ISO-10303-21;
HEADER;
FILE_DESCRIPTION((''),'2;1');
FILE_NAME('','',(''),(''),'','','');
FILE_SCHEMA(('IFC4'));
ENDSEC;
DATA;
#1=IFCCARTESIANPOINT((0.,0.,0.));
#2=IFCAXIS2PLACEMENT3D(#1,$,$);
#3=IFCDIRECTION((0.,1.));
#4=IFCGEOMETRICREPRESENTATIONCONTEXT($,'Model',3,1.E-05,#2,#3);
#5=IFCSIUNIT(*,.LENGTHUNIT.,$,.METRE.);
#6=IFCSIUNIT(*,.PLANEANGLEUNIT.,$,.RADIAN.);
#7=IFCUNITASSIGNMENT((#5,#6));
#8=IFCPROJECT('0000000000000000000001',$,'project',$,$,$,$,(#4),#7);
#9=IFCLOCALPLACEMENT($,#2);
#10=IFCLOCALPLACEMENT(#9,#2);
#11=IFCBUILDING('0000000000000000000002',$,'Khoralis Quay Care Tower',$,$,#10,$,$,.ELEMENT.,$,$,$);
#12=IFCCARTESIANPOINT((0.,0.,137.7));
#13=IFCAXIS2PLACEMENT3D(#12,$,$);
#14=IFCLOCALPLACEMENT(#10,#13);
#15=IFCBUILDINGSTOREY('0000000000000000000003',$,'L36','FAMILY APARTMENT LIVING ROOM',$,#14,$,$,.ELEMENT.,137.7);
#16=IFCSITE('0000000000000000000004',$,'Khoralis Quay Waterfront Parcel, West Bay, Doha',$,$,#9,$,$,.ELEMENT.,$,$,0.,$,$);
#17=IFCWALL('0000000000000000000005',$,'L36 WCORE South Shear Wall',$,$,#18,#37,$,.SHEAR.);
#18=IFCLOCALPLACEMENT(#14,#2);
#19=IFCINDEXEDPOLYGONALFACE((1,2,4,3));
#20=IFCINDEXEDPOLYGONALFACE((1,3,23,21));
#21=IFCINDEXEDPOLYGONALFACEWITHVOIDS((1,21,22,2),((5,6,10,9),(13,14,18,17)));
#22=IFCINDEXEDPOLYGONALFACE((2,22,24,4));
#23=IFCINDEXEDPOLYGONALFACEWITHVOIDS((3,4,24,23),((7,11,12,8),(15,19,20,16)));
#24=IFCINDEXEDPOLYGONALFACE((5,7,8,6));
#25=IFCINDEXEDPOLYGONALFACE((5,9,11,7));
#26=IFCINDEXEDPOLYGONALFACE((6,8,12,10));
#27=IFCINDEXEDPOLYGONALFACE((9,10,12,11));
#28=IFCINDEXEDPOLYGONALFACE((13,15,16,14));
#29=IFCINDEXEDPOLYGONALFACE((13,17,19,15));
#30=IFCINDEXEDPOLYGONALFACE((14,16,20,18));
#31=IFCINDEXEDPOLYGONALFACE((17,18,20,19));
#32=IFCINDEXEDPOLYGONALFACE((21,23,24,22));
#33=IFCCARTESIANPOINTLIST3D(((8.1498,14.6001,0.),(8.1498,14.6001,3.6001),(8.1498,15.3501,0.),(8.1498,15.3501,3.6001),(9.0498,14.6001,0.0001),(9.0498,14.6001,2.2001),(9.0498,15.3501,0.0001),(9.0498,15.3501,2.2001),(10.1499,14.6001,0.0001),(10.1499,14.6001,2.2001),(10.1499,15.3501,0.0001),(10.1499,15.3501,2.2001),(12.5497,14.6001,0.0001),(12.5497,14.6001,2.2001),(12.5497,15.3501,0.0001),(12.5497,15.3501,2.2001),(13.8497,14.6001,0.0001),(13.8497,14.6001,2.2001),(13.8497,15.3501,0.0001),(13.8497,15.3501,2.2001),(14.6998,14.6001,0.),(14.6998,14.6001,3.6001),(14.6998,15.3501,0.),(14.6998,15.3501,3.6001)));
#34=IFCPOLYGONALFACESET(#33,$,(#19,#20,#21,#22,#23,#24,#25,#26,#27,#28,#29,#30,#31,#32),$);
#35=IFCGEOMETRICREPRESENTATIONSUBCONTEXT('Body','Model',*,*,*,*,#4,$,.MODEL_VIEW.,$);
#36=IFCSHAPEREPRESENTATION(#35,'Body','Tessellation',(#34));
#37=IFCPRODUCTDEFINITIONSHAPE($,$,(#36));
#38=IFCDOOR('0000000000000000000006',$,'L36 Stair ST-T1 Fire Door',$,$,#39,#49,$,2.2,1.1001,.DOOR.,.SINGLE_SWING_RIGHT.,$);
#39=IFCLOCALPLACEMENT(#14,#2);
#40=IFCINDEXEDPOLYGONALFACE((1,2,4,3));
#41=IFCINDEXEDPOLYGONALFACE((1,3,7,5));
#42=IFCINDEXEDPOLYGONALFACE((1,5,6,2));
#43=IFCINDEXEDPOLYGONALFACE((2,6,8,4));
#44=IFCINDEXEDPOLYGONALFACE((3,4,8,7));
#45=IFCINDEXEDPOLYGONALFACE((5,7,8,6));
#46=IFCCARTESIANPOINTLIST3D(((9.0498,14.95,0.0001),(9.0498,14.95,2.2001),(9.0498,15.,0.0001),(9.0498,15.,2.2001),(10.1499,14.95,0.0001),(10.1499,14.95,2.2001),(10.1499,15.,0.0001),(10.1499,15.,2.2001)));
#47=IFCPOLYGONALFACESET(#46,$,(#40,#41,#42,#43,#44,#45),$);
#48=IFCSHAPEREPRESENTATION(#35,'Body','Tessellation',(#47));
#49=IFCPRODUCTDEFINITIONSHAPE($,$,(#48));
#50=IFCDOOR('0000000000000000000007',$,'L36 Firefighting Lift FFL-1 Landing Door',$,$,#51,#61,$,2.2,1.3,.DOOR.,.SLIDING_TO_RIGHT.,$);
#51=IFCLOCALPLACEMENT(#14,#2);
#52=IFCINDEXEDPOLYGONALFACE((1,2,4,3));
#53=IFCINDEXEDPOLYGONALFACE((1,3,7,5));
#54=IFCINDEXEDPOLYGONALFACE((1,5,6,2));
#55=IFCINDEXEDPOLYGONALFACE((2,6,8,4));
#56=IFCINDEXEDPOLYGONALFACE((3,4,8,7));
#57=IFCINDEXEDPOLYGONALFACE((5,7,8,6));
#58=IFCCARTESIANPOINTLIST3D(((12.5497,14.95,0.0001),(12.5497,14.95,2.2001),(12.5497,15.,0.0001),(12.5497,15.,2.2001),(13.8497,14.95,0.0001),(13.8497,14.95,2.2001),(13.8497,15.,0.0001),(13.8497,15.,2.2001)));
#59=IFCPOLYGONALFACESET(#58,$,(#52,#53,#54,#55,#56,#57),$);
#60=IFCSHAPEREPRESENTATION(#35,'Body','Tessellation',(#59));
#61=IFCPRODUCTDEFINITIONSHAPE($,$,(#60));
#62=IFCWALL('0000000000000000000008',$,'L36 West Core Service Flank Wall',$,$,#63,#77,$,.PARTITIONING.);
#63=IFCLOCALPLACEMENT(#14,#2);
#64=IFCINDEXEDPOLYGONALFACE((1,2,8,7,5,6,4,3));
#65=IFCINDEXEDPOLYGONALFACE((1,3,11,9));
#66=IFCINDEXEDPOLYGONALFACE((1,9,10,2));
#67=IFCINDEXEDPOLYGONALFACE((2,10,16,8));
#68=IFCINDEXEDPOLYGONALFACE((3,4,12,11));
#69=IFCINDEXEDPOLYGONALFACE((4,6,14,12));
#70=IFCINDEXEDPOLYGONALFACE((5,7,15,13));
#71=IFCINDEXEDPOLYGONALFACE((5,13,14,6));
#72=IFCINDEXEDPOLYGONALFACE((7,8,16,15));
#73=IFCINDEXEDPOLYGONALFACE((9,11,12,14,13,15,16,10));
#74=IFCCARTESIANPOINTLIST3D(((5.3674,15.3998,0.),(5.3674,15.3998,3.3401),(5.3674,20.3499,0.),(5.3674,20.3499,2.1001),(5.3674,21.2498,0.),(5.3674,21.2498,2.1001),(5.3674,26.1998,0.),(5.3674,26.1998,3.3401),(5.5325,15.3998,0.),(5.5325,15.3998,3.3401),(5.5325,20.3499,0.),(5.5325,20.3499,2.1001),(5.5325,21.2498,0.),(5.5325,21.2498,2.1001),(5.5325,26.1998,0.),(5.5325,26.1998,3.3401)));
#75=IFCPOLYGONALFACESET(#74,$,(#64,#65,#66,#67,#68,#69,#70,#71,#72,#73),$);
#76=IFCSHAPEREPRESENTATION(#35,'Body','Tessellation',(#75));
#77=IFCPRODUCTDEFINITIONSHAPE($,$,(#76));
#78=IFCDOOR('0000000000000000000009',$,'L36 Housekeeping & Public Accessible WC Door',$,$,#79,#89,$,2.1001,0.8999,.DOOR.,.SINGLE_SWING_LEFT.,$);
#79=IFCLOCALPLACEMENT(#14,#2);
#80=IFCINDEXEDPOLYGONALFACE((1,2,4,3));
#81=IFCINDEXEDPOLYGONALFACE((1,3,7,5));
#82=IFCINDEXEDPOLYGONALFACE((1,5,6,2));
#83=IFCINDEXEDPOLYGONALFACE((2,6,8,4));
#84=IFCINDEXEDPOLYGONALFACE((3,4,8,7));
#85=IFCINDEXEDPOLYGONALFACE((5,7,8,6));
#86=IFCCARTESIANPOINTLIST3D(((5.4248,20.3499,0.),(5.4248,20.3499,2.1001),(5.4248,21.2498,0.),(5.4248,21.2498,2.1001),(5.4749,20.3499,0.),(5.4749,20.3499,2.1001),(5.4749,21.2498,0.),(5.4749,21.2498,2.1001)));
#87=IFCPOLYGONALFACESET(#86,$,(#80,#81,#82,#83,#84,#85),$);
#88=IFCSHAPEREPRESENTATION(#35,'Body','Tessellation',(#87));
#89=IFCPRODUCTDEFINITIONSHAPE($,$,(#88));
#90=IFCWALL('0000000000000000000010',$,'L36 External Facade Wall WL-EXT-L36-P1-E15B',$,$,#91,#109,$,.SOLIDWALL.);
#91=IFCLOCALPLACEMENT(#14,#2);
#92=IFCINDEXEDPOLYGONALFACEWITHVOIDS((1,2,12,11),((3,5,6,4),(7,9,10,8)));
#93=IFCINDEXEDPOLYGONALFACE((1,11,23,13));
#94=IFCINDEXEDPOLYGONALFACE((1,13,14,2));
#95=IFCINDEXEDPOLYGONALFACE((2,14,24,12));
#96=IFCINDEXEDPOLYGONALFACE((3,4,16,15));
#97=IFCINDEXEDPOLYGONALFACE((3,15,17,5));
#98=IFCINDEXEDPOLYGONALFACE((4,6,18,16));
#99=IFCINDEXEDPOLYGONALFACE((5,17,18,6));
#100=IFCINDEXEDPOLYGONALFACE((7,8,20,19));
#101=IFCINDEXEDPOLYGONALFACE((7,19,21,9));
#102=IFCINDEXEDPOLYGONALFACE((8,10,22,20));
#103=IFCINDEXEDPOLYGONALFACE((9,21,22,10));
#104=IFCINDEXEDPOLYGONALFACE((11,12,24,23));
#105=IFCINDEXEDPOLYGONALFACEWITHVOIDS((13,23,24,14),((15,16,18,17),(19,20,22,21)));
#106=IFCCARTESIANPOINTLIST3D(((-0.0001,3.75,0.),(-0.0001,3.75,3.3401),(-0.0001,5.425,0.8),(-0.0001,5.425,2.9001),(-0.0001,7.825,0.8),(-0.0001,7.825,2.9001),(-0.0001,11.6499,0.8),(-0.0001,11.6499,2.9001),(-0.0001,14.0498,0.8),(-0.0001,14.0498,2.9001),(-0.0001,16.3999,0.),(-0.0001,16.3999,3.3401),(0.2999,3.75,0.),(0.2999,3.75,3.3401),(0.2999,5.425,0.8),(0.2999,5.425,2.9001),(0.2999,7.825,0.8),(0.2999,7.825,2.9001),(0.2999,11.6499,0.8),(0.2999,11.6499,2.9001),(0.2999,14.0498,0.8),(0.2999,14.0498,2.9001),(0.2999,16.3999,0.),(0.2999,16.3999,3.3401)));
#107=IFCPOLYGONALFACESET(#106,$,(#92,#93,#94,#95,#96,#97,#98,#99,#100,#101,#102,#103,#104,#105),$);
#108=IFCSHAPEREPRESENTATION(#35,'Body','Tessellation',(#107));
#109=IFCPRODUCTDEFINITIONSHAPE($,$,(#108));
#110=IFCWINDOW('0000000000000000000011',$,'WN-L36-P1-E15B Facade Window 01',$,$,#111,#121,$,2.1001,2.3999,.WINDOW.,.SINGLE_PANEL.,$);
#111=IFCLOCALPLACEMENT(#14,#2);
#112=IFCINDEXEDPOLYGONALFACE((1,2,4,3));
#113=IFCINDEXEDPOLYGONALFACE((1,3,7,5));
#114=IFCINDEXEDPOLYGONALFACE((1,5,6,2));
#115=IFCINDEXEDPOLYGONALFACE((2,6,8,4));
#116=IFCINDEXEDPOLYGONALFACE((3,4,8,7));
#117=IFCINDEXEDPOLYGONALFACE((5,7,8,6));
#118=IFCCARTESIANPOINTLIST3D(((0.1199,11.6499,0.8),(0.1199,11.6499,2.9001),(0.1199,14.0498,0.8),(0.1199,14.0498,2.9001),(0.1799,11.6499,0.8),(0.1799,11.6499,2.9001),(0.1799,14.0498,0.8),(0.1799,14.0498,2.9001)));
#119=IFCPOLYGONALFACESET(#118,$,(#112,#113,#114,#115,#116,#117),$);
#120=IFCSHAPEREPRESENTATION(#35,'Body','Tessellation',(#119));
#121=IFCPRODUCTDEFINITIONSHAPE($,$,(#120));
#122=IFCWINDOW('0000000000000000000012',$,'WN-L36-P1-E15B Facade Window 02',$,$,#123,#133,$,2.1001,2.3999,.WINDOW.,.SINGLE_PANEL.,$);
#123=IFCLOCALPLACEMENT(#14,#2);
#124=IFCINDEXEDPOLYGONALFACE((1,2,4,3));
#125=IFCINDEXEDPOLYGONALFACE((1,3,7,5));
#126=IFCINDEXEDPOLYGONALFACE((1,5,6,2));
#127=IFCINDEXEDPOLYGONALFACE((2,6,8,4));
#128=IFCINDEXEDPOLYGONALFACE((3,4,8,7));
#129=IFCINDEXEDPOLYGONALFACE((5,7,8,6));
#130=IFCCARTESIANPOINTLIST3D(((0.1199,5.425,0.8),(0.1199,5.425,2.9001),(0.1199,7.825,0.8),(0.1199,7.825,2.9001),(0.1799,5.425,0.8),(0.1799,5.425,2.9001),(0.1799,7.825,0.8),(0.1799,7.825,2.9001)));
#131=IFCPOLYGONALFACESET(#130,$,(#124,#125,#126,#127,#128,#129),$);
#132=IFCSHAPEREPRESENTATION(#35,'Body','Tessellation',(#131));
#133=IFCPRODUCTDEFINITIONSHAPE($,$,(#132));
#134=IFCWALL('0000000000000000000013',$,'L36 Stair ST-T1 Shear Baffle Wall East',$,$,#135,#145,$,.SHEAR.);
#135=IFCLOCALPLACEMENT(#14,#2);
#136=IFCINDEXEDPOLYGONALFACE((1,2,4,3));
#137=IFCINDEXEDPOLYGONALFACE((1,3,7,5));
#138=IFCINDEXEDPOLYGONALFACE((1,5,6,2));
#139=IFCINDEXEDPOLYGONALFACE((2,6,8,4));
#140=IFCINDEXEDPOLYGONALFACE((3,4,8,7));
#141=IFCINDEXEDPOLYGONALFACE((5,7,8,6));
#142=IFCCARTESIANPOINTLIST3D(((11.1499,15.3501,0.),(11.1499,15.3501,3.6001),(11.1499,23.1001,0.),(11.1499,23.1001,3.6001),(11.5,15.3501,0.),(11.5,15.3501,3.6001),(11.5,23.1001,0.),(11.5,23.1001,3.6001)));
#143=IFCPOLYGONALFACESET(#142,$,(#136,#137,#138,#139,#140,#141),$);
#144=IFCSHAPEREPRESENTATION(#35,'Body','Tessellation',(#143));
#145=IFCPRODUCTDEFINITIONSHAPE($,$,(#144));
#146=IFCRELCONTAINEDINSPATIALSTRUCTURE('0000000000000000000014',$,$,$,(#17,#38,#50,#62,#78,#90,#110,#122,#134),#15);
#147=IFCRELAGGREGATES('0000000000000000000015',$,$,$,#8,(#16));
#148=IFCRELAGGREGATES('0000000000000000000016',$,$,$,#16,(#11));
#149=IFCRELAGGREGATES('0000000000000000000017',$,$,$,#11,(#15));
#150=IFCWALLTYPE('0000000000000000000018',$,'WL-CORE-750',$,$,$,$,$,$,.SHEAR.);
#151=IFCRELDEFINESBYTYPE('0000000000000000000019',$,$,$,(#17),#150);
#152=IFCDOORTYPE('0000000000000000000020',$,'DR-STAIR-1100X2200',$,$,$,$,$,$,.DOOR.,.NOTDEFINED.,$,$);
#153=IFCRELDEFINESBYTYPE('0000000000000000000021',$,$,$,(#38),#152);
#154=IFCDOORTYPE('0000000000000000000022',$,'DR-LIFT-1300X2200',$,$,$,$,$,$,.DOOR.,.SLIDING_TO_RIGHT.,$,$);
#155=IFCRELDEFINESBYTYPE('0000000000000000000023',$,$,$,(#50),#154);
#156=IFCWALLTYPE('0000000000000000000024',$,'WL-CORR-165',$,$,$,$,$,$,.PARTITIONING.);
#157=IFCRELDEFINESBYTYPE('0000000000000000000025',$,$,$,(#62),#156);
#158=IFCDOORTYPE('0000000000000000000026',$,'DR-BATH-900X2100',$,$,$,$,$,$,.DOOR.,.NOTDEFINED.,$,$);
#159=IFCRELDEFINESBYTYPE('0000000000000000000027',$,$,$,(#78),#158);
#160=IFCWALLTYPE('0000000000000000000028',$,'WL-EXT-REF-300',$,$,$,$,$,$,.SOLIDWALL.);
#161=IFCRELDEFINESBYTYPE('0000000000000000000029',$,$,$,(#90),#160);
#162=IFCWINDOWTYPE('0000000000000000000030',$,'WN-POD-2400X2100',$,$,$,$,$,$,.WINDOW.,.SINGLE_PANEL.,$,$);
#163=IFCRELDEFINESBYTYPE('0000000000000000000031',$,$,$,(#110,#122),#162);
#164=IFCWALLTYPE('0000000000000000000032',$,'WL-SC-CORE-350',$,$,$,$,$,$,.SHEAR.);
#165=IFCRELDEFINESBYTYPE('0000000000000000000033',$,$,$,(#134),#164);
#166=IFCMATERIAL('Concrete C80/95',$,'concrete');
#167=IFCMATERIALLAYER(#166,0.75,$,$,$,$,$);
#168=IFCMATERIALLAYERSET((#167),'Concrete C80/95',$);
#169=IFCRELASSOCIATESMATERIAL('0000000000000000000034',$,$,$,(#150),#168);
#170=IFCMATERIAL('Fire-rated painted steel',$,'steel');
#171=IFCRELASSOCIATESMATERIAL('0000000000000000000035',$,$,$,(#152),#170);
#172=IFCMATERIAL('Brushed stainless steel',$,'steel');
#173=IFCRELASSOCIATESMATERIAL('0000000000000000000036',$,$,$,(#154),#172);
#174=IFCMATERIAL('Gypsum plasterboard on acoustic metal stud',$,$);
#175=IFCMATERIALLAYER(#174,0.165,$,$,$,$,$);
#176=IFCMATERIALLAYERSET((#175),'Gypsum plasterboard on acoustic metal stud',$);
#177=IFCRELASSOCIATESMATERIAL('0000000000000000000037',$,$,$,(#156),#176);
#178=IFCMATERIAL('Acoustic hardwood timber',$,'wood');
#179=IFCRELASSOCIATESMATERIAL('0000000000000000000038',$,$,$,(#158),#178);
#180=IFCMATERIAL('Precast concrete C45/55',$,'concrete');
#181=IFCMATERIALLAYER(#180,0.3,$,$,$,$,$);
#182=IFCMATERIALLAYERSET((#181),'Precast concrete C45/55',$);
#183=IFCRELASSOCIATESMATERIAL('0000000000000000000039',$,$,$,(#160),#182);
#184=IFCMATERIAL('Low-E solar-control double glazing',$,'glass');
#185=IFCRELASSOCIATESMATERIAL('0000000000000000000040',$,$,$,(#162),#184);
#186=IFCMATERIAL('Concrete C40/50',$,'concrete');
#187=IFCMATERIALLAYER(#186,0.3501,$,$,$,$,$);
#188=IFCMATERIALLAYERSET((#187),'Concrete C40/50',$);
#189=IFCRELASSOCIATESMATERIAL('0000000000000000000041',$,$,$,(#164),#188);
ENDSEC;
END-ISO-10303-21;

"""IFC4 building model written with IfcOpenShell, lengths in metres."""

from ifc_helpers import new_model, si_unit, direction, frame, frame_2d, origin, place, context, subcontext, project, spatial, rectangle, extrude, source, transform, mapped, material, layer, layer_set, type_object, element, fill, save


model = new_model("IFC4")

# Units and contexts
model_context = context("Model", 3, precision=1e-05, world=origin(), true_north=direction((0.0, 1.0)))
body_context = subcontext(model_context, "Body", "Model", "MODEL_VIEW")
ifc_project = project(units=[si_unit("LENGTHUNIT", "METRE"), si_unit("PLANEANGLEUNIT", "RADIAN")], contexts=[model_context])

# Site, building, storey
site_placement = place(None, origin())
site = spatial("IfcSite", under=ifc_project, at=site_placement, Name="Khoralis Quay Waterfront Parcel, West Bay, Doha", CompositionType="ELEMENT", RefElevation=0.0)
building_placement = place(site_placement, origin())
building = spatial("IfcBuilding", under=site, at=building_placement, Name="Khoralis Quay Care Tower", CompositionType="ELEMENT")
storey_placement = place(building_placement, frame((0.0, 0.0, 137.7)))
storey = spatial("IfcBuildingStorey", under=building, at=storey_placement, Name="L36", Description="FAMILY APARTMENT LIVING ROOM", CompositionType="ELEMENT", Elevation=137.7)

# Shared definitions
ifc_material_1 = material(Name="Low-E solar-control double glazing", Category="glass")

# Wall, openings, doors
ifc_material_2 = material(Name="Concrete C80/95", Category="concrete")
ifc_layer_1 = layer(ifc_material_2, 0.75)
ifc_layer_set_1 = layer_set([ifc_layer_1], Name="Concrete C80/95")
wall_type_1 = type_object("IfcWallType", Name="WL-CORE-750", PredefinedType="SHEAR", material=ifc_layer_set_1)
wall_1_placement = place(storey_placement, frame((8.1499, 14.9751, 0.0), z_axis=(0.0, 0.0, 1.0), x_axis=(1.0, 0.0, 0.0)))
wall_1 = element("IfcWall", 1, at=wall_1_placement, inside=storey, type_object=wall_type_1, Name="L36 WCORE South Shear Wall", PredefinedType="SHEAR", context=body_context, shape_type="SweptSolid", body=[
    extrude(rectangle(XDim=6.55, YDim=0.75, at=frame_2d((3.2749, 0.0))), origin(), (0.0, 0.0, 1.0), 3.6001),
])
opening_1_placement = place(wall_1_placement, frame((0.8999, 0.0, 0.0)))
opening_1 = element("IfcOpeningElement", 2, at=opening_1_placement, cuts=wall_1, PredefinedType="OPENING", context=body_context, shape_type="SweptSolid", body=[
    extrude(rectangle(XDim=1.1001, YDim=2.2, at=frame_2d((0.55, 1.1001))), frame((0.0, 0.385, 0.0), z_axis=(0.0, -1.0, 0.0), x_axis=(1.0, 0.0, 0.0)), (0.0, 0.0, 1.0), 0.77),
])
opening_2_placement = place(wall_1_placement, frame((4.3999, 0.0, 0.0)))
opening_2 = element("IfcOpeningElement", 3, at=opening_2_placement, cuts=wall_1, PredefinedType="OPENING", context=body_context, shape_type="SweptSolid", body=[
    extrude(rectangle(XDim=1.3, YDim=2.2, at=frame_2d((0.6499, 1.1001))), frame((0.0, 0.385, 0.0), z_axis=(0.0, -1.0, 0.0), x_axis=(1.0, 0.0, 0.0)), (0.0, 0.0, 1.0), 0.77),
])
ifc_material_3 = material(Name="Fire-rated painted steel", Category="steel")
door_type_1 = type_object("IfcDoorType", Name="DR-STAIR-1100X2200", OperationType="NOTDEFINED", PredefinedType="DOOR", material=ifc_material_3)
shared_shape_1 = source(origin(), body_context, "Body", "SweptSolid", [
    extrude(rectangle(XDim=1.1001, YDim=2.2, at=frame_2d((0.55, 1.1001))), frame((0.0, 0.0249, 0.0), z_axis=(0.0, -1.0, 0.0), x_axis=(1.0, 0.0, 0.0)), (0.0, 0.0, 1.0), 0.05),
])
door_1_placement = place(opening_1_placement, origin())
door_1 = element("IfcDoor", 4, at=door_1_placement, inside=storey, type_object=door_type_1, Name="L36 Stair ST-T1 Fire Door", OperationType="SINGLE_SWING_RIGHT", OverallHeight=2.2, OverallWidth=1.1001, PredefinedType="DOOR", context=body_context, shape_type="MappedRepresentation", body=[
    mapped(shared_shape_1, transform((0.0, 0.0, 0.0), scale=1.0)),
])
fill(opening_1, door_1)
ifc_material_4 = material(Name="Brushed stainless steel", Category="steel")
door_type_2 = type_object("IfcDoorType", Name="DR-LIFT-1300X2200", OperationType="SLIDING_TO_RIGHT", PredefinedType="DOOR", material=ifc_material_4)
shared_shape_2 = source(origin(), body_context, "Body", "SweptSolid", [
    extrude(rectangle(XDim=1.3, YDim=2.2, at=frame_2d((0.6499, 1.1001))), frame((0.0, 0.0249, 0.0), z_axis=(0.0, -1.0, 0.0), x_axis=(1.0, 0.0, 0.0)), (0.0, 0.0, 1.0), 0.05),
])
door_2_placement = place(opening_2_placement, origin())
door_2 = element("IfcDoor", 5, at=door_2_placement, inside=storey, type_object=door_type_2, Name="L36 Firefighting Lift FFL-1 Landing Door", OperationType="SLIDING_TO_RIGHT", OverallHeight=2.2, OverallWidth=1.3, PredefinedType="DOOR", context=body_context, shape_type="MappedRepresentation", body=[
    mapped(shared_shape_2, transform((0.0, 0.0, 0.0), scale=1.0)),
])
fill(opening_2, door_2)

# Wall, opening, door
ifc_material_5 = material(Name="Gypsum plasterboard on acoustic metal stud")
ifc_layer_2 = layer(ifc_material_5, 0.165)
ifc_layer_set_2 = layer_set([ifc_layer_2], Name="Gypsum plasterboard on acoustic metal stud")
wall_type_2 = type_object("IfcWallType", Name="WL-CORR-165", PredefinedType="PARTITIONING", material=ifc_layer_set_2)
wall_2_placement = place(storey_placement, frame((5.45, 15.3999, 0.0), z_axis=(0.0, 0.0, 1.0), x_axis=(0.0, 1.0, 0.0)))
wall_2 = element("IfcWall", 6, at=wall_2_placement, inside=storey, type_object=wall_type_2, Name="L36 West Core Service Flank Wall", PredefinedType="PARTITIONING", context=body_context, shape_type="SweptSolid", body=[
    extrude(rectangle(XDim=10.8, YDim=0.165, at=frame_2d((5.3999, 0.0))), origin(), (0.0, 0.0, 1.0), 3.3401),
])
opening_3_placement = place(wall_2_placement, frame((4.95, 0.0, 0.0)))
opening_3 = element("IfcOpeningElement", 7, at=opening_3_placement, cuts=wall_2, PredefinedType="OPENING", context=body_context, shape_type="SweptSolid", body=[
    extrude(rectangle(XDim=0.8999, YDim=2.1001, at=frame_2d((0.45, 1.05))), frame((0.0, 0.0925, 0.0), z_axis=(0.0, -1.0, 0.0), x_axis=(1.0, 0.0, 0.0)), (0.0, 0.0, 1.0), 0.1851),
])
ifc_material_6 = material(Name="Acoustic hardwood timber", Category="wood")
door_type_3 = type_object("IfcDoorType", Name="DR-BATH-900X2100", OperationType="NOTDEFINED", PredefinedType="DOOR", material=ifc_material_6)
shared_shape_3 = source(origin(), body_context, "Body", "SweptSolid", [
    extrude(rectangle(XDim=0.8999, YDim=2.1001, at=frame_2d((0.45, 1.05))), frame((0.0, 0.0249, 0.0), z_axis=(0.0, -1.0, 0.0), x_axis=(1.0, 0.0, 0.0)), (0.0, 0.0, 1.0), 0.05),
])
door_3_placement = place(opening_3_placement, frame((0.8999, 0.0, 0.0), z_axis=(0.0, 0.0, 1.0), x_axis=(-1.0, 0.0, 0.0)))
door_3 = element("IfcDoor", 8, at=door_3_placement, inside=storey, type_object=door_type_3, Name="L36 Housekeeping & Public Accessible WC Door", OperationType="SINGLE_SWING_LEFT", OverallHeight=2.1001, OverallWidth=0.8999, PredefinedType="DOOR", context=body_context, shape_type="MappedRepresentation", body=[
    mapped(shared_shape_3, transform((0.0, 0.0, 0.0), scale=1.0)),
])
fill(opening_3, door_3)

# Wall, openings, windows
ifc_material_7 = material(Name="Precast concrete C45/55", Category="concrete")
ifc_layer_3 = layer(ifc_material_7, 0.3)
ifc_layer_set_3 = layer_set([ifc_layer_3], Name="Precast concrete C45/55")
wall_type_3 = type_object("IfcWallType", Name="WL-EXT-REF-300", PredefinedType="SOLIDWALL", material=ifc_layer_set_3)
wall_3_placement = place(storey_placement, frame((0.1499, 16.3999, 0.0), z_axis=(0.0, 0.0, 1.0), x_axis=(0.0, -1.0, 0.0)))
wall_3 = element("IfcWall", 9, at=wall_3_placement, inside=storey, type_object=wall_type_3, Name="L36 External Facade Wall WL-EXT-L36-P1-E15B", PredefinedType="SOLIDWALL", context=body_context, shape_type="SweptSolid", body=[
    extrude(rectangle(XDim=12.6499, YDim=0.3, at=frame_2d((6.325, 0.0))), origin(), (0.0, 0.0, 1.0), 3.3401),
])
opening_4_placement = place(wall_3_placement, frame((2.3501, 0.0, 0.8)))
opening_4 = element("IfcOpeningElement", 10, at=opening_4_placement, cuts=wall_3, PredefinedType="OPENING", context=body_context, shape_type="SweptSolid", body=[
    extrude(rectangle(XDim=2.3999, YDim=2.1001, at=frame_2d((1.2, 1.05))), frame((0.0, 0.1602, 0.0), z_axis=(0.0, -1.0, 0.0), x_axis=(1.0, 0.0, 0.0)), (0.0, 0.0, 1.0), 0.3201),
])
opening_5_placement = place(wall_3_placement, frame((8.575, 0.0, 0.8)))
opening_5 = element("IfcOpeningElement", 11, at=opening_5_placement, cuts=wall_3, PredefinedType="OPENING", context=body_context, shape_type="SweptSolid", body=[
    extrude(rectangle(XDim=2.3999, YDim=2.1001, at=frame_2d((1.2, 1.05))), frame((0.0, 0.1602, 0.0), z_axis=(0.0, -1.0, 0.0), x_axis=(1.0, 0.0, 0.0)), (0.0, 0.0, 1.0), 0.3201),
])
window_type = type_object("IfcWindowType", Name="WN-POD-2400X2100", PartitioningType="SINGLE_PANEL", PredefinedType="WINDOW", material=ifc_material_1)
shared_shape_4 = source(origin(), body_context, "Body", "SweptSolid", [
    extrude(rectangle(XDim=2.3999, YDim=2.1001, at=frame_2d((1.2, 1.05))), frame((0.0, 0.03, 0.0), z_axis=(0.0, -1.0, 0.0), x_axis=(1.0, 0.0, 0.0)), (0.0, 0.0, 1.0), 0.0601),
])
window_1_placement = place(opening_4_placement, origin())
window_1 = element("IfcWindow", 12, at=window_1_placement, inside=storey, type_object=window_type, Name="WN-L36-P1-E15B Facade Window 01", OverallHeight=2.1001, OverallWidth=2.3999, PartitioningType="SINGLE_PANEL", PredefinedType="WINDOW", context=body_context, shape_type="MappedRepresentation", body=[
    mapped(shared_shape_4, transform((0.0, 0.0, 0.0), scale=1.0)),
])
fill(opening_4, window_1)
window_2_placement = place(opening_5_placement, origin())
window_2 = element("IfcWindow", 13, at=window_2_placement, inside=storey, type_object=window_type, Name="WN-L36-P1-E15B Facade Window 02", OverallHeight=2.1001, OverallWidth=2.3999, PartitioningType="SINGLE_PANEL", PredefinedType="WINDOW", context=body_context, shape_type="MappedRepresentation", body=[
    mapped(shared_shape_4, transform((0.0, 0.0, 0.0), scale=1.0)),
])
fill(opening_5, window_2)

# Wall
ifc_material_8 = material(Name="Concrete C40/50", Category="concrete")
ifc_layer_4 = layer(ifc_material_8, 0.3501)
ifc_layer_set_4 = layer_set([ifc_layer_4], Name="Concrete C40/50")
wall_type_4 = type_object("IfcWallType", Name="WL-SC-CORE-350", PredefinedType="SHEAR", material=ifc_layer_set_4)
wall_4_placement = place(storey_placement, frame((11.325, 15.3501, 0.0), z_axis=(0.0, 0.0, 1.0), x_axis=(0.0, 1.0, 0.0)))
element("IfcWall", 14, at=wall_4_placement, inside=storey, type_object=wall_type_4, Name="L36 Stair ST-T1 Shear Baffle Wall East", PredefinedType="SHEAR", context=body_context, shape_type="SweptSolid", body=[
    extrude(rectangle(XDim=7.75, YDim=0.3501, at=frame_2d((3.875, 0.0))), origin(), (0.0, 0.0, 1.0), 3.6001),
])

save(model, "model.ifc")
